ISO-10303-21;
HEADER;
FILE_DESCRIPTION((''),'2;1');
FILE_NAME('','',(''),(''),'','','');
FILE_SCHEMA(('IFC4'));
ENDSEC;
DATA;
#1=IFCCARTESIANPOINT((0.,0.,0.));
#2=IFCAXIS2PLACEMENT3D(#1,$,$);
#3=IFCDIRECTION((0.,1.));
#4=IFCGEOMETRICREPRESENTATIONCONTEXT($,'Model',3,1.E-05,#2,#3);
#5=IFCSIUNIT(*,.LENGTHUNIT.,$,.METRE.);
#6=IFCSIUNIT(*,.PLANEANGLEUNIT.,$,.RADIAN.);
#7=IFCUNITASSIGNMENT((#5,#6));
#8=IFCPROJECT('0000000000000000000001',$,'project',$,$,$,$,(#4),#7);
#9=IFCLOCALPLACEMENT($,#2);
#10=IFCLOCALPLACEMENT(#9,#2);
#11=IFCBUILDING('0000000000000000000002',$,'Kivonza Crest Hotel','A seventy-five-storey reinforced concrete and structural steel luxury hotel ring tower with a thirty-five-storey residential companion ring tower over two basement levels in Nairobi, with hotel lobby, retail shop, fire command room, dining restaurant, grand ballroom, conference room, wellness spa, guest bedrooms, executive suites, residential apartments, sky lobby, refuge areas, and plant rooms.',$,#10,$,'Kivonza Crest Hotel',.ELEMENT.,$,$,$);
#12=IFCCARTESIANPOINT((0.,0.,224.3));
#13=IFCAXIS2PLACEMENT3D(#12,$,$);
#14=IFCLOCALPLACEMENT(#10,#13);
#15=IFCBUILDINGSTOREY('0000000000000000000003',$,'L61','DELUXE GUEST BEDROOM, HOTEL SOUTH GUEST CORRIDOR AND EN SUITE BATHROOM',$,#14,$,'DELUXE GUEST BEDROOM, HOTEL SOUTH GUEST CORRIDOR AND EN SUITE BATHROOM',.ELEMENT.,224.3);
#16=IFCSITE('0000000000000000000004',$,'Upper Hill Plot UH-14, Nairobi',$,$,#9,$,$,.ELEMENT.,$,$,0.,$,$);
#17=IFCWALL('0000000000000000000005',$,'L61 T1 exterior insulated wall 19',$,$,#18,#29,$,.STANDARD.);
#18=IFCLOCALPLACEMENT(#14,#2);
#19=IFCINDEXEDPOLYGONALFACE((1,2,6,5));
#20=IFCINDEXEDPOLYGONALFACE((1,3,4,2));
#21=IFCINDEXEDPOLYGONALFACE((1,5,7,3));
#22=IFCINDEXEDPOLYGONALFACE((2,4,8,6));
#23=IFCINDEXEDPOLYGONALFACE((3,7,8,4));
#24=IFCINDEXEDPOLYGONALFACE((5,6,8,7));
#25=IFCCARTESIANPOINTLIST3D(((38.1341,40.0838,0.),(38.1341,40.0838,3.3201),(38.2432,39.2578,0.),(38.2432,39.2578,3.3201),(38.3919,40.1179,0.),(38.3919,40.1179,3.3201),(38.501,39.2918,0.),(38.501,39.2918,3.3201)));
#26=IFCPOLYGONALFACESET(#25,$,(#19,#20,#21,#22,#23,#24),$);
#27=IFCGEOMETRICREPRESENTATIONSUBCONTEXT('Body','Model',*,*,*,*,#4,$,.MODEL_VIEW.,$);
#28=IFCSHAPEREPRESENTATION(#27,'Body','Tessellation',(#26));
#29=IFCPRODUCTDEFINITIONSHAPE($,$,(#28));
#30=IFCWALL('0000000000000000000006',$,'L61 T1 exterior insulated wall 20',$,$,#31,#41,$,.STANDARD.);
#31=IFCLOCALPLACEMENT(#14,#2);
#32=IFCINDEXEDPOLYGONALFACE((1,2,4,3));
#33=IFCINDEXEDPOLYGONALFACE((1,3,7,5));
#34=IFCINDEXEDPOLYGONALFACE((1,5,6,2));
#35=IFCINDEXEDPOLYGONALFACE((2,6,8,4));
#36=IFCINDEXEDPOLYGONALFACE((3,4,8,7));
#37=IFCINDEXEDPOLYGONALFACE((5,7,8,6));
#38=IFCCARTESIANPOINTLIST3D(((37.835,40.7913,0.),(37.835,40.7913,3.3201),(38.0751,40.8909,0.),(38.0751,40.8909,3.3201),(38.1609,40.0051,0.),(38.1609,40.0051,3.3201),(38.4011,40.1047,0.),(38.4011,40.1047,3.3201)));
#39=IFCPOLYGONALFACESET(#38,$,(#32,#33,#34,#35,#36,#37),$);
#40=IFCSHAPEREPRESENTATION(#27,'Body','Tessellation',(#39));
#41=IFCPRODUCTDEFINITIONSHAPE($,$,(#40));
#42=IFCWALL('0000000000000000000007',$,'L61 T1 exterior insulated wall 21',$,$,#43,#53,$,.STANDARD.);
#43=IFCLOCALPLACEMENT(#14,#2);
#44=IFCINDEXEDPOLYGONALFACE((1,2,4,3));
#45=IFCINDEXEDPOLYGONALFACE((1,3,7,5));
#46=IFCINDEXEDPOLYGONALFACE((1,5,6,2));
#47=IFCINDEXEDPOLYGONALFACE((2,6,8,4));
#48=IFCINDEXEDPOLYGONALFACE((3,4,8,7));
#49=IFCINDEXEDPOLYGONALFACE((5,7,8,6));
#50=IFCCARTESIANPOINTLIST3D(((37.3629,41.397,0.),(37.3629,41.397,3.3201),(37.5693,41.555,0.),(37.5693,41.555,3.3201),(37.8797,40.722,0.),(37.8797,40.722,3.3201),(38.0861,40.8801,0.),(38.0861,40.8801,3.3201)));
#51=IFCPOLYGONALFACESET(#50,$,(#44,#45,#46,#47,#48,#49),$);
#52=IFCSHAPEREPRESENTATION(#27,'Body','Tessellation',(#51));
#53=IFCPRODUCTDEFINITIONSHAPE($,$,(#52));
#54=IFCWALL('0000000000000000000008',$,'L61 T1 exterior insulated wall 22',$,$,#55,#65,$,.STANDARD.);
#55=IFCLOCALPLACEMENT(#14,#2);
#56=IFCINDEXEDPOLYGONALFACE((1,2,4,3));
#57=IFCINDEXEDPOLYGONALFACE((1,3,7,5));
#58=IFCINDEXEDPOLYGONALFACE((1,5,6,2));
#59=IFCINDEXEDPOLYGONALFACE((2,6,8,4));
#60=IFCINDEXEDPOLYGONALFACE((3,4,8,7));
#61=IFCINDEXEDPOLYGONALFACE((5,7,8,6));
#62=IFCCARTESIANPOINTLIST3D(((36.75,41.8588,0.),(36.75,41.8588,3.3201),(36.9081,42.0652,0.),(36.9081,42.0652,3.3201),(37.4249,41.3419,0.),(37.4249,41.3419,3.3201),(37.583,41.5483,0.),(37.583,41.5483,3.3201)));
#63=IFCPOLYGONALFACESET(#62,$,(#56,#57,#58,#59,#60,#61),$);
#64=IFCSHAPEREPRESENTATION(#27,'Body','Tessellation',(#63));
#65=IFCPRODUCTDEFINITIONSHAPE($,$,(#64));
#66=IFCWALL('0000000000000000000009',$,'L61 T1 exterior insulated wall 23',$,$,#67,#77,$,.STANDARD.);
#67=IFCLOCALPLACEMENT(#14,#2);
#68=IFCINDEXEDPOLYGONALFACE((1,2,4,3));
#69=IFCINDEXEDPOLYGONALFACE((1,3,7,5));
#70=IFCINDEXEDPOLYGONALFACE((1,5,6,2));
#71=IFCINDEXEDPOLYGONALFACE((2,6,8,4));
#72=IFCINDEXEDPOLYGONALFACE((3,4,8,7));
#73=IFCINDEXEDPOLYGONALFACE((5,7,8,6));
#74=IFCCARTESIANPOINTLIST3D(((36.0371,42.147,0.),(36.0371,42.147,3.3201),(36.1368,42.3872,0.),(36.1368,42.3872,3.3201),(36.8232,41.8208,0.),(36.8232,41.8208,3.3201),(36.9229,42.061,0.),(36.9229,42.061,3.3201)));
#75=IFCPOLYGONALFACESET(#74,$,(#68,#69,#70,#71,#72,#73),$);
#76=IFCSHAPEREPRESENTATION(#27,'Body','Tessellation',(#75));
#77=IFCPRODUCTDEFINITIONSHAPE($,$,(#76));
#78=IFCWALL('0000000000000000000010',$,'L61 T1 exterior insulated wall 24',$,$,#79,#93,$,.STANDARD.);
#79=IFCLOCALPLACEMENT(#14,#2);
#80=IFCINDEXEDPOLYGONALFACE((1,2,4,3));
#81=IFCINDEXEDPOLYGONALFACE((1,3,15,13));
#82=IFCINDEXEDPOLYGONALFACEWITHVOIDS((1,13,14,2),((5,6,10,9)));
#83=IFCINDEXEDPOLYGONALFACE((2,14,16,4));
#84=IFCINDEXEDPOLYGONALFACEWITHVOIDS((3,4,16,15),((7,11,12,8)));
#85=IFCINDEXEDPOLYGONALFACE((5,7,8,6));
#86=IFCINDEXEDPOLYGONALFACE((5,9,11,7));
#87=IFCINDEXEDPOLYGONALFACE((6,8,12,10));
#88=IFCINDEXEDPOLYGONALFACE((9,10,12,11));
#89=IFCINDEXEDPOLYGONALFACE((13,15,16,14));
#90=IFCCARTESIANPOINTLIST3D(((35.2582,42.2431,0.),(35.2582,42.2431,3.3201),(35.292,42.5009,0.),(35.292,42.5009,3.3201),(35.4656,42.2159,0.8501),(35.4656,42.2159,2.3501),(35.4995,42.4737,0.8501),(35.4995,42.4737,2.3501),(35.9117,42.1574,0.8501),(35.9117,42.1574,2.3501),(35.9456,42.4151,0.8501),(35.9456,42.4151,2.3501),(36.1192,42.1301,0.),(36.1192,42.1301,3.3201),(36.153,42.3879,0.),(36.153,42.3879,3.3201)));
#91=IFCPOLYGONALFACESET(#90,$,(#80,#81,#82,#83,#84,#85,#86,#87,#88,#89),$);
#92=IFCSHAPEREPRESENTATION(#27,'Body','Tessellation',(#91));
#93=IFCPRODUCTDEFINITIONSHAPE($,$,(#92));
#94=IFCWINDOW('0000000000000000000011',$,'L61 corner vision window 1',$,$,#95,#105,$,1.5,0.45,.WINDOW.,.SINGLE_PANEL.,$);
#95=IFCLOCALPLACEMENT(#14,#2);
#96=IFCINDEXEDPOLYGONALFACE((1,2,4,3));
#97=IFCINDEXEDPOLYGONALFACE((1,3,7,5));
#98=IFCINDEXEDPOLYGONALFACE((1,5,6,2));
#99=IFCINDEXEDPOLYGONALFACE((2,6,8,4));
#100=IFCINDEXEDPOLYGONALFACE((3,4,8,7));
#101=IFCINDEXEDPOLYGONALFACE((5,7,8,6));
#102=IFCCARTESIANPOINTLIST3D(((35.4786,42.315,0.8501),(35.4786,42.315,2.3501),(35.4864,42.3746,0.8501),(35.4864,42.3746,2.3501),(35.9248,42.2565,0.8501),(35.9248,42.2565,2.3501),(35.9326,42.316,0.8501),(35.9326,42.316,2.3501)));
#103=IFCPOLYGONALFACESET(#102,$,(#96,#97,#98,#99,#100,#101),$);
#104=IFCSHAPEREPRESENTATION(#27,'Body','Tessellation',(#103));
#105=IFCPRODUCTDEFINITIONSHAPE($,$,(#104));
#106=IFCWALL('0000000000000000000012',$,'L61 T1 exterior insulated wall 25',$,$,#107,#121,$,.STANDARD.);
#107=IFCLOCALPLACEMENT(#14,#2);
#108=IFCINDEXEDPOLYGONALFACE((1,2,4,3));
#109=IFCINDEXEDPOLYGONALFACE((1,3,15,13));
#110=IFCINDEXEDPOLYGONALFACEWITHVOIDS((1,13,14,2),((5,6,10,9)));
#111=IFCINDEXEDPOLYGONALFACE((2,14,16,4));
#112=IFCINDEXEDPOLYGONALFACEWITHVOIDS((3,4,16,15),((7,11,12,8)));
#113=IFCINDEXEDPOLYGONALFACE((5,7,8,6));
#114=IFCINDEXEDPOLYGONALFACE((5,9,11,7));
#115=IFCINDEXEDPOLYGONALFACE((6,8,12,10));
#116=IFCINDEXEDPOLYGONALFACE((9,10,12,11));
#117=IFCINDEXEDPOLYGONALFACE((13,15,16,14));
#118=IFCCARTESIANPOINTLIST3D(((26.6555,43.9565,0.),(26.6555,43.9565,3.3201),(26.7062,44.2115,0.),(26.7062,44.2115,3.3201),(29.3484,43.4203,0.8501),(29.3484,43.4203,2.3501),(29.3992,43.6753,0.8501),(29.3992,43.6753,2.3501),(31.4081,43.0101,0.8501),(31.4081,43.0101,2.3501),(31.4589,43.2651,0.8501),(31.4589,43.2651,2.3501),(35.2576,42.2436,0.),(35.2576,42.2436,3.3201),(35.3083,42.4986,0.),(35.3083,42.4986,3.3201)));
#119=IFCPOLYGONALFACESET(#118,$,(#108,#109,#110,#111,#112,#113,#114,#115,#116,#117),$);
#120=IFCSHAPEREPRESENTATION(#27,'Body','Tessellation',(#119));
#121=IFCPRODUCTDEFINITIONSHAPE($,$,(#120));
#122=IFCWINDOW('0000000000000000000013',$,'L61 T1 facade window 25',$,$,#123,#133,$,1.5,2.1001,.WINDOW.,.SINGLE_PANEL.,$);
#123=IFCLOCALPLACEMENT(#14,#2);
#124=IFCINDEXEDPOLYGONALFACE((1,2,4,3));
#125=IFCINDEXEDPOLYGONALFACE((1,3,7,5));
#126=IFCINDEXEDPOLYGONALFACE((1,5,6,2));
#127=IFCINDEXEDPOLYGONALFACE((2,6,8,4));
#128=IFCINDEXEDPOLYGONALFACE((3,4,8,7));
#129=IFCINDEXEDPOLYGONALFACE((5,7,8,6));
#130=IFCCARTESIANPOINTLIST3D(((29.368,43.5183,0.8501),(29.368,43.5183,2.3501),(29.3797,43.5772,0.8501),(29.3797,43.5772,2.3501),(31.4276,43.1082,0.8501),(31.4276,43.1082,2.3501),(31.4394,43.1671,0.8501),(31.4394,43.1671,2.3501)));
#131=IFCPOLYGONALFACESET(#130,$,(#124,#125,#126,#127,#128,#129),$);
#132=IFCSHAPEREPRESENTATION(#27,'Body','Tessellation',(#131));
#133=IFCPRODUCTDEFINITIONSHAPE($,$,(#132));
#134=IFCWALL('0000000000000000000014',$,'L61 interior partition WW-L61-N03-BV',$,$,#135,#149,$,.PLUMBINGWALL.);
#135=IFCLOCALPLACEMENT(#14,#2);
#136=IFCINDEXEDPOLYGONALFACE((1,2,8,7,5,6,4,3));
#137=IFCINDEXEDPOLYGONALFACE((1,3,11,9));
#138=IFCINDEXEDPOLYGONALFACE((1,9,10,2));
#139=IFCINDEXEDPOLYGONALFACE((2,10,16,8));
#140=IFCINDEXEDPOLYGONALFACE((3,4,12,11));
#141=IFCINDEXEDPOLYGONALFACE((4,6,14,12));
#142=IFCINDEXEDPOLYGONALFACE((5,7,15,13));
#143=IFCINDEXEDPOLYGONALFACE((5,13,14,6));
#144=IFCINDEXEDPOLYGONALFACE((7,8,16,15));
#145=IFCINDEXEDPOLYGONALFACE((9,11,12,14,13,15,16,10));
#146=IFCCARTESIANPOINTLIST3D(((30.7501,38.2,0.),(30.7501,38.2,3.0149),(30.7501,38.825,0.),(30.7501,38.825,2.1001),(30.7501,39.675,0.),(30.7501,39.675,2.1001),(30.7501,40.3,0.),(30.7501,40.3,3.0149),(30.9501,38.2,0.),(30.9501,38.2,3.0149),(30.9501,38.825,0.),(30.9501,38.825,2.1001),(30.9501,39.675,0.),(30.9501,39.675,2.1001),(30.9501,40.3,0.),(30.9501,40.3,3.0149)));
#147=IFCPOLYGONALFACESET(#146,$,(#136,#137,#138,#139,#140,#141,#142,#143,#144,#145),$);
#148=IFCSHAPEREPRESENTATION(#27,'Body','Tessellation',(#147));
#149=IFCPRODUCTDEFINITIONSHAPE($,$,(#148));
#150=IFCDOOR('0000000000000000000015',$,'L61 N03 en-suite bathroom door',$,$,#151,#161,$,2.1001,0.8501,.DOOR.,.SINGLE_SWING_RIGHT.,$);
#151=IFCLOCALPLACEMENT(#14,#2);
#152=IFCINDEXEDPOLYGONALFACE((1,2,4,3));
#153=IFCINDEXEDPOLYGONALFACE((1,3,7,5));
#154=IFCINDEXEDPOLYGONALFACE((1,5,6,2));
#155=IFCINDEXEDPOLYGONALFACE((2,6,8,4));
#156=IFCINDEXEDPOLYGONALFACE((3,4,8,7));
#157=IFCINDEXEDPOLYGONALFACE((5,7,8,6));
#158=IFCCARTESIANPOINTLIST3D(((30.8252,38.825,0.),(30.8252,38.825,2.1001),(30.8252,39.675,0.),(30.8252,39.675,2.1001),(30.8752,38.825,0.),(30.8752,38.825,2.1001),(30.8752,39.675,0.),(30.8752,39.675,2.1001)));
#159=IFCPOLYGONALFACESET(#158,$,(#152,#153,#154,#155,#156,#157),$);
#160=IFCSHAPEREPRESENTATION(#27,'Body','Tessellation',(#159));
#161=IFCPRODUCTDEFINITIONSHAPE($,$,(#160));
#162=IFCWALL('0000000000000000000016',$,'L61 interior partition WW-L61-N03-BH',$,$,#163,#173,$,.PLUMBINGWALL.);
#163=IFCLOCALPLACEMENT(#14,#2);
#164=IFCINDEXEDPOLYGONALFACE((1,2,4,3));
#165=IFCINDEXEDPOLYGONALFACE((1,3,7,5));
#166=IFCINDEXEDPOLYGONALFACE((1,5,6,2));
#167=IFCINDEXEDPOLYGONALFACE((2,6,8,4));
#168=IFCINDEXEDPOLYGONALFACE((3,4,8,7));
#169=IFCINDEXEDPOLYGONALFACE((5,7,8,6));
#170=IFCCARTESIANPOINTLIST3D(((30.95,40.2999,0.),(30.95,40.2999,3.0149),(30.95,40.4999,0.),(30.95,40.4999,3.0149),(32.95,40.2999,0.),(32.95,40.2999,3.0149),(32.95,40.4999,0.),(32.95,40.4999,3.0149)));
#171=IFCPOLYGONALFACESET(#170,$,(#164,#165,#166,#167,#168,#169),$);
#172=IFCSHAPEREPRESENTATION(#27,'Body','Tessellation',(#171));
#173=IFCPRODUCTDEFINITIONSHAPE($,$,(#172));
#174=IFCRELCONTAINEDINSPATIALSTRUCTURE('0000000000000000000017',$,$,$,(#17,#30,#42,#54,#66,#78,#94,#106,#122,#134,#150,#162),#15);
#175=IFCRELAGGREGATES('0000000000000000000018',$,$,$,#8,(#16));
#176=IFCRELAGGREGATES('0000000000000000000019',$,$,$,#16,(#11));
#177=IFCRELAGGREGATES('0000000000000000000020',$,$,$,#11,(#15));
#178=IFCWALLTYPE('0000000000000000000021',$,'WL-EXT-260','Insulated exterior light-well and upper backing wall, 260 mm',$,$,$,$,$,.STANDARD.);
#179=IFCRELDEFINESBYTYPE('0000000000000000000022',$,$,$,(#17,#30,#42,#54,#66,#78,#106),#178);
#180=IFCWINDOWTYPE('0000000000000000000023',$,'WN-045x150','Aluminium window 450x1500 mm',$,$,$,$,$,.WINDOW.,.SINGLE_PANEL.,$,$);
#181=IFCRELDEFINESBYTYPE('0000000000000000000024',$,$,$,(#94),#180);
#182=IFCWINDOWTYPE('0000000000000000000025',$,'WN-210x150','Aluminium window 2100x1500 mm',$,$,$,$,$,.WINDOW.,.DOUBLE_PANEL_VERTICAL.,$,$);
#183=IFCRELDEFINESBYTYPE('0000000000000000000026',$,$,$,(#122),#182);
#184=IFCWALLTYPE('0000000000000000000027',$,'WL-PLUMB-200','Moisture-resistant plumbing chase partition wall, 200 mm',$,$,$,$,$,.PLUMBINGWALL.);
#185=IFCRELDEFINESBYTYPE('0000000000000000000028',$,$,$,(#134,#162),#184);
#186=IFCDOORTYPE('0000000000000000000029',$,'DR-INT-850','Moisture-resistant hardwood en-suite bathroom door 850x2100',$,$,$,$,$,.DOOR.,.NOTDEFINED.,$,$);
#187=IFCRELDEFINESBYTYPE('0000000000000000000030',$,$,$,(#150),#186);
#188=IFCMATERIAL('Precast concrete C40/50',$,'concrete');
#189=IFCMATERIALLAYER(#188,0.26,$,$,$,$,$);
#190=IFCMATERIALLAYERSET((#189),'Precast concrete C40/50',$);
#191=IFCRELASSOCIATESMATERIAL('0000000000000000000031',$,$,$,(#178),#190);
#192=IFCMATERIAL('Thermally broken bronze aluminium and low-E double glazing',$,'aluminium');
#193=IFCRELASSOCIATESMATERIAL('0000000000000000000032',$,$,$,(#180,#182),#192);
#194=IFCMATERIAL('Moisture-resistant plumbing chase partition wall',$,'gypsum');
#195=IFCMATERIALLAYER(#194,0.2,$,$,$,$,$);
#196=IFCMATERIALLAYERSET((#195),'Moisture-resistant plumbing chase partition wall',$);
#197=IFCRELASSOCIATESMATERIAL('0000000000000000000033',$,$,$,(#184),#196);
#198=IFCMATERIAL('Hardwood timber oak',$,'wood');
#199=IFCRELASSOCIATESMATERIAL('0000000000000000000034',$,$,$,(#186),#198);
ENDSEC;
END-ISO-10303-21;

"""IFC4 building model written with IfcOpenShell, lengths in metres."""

from ifc_helpers import new_model, si_unit, direction, frame, frame_2d, origin, place, context, subcontext, project, spatial, rectangle, extrude, material, layer, layer_set, type_object, element, fill, save


model = new_model("IFC4")

# Units and contexts
model_context = context("Model", 3, precision=1e-05, world=origin(), true_north=direction((0.0, 1.0)))
body_context = subcontext(model_context, "Body", "Model", "MODEL_VIEW")
ifc_project = project(units=[si_unit("LENGTHUNIT", "METRE"), si_unit("PLANEANGLEUNIT", "RADIAN")], contexts=[model_context])

# Site, building, storey
site_placement = place(None, origin())
site = spatial("IfcSite", under=ifc_project, at=site_placement, Name="Upper Hill Plot UH-14, Nairobi", CompositionType="ELEMENT", RefElevation=0.0)
building_placement = place(site_placement, origin())
building = spatial("IfcBuilding", under=site, at=building_placement, Name="Kivonza Crest Hotel", Description="A seventy-five-storey reinforced concrete and structural steel luxury hotel ring tower with a thirty-five-storey residential companion ring tower over two basement levels in Nairobi, with hotel lobby, retail shop, fire command room, dining restaurant, grand ballroom, conference room, wellness spa, guest bedrooms, executive suites, residential apartments, sky lobby, refuge areas, and plant rooms.", LongName="Kivonza Crest Hotel", CompositionType="ELEMENT")
storey_placement = place(building_placement, frame((0.0, 0.0, 224.3)))
storey = spatial("IfcBuildingStorey", under=building, at=storey_placement, Name="L61", Description="DELUXE GUEST BEDROOM, HOTEL SOUTH GUEST CORRIDOR AND EN SUITE BATHROOM", LongName="DELUXE GUEST BEDROOM, HOTEL SOUTH GUEST CORRIDOR AND EN SUITE BATHROOM", CompositionType="ELEMENT", Elevation=224.3)

# Shared definitions
ifc_material_1 = material(Name="Hardwood timber oak", Category="wood")

# Walls
ifc_material_2 = material(Name="Precast concrete C40/50", Category="concrete")
ifc_layer_1 = layer(ifc_material_2, 0.26)
ifc_layer_set_1 = layer_set([ifc_layer_1], Name="Precast concrete C40/50")
wall_type_1 = type_object("IfcWallType", Name="WL-EXT-260", Description="Insulated exterior light-well and upper backing wall, 260 mm", PredefinedType="STANDARD", material=ifc_layer_set_1)
wall_1_placement = place(storey_placement, frame((38.3721, 39.2749, 0.0), z_axis=(0.0, 0.0, 1.0), x_axis=(-0.130955, 0.991388, 0.0)))
element("IfcWall", 1, at=wall_1_placement, inside=storey, type_object=wall_type_1, Name="L61 T1 exterior insulated wall 19", PredefinedType="STANDARD", context=body_context, shape_type="SweptSolid", body=[
    extrude(rectangle(XDim=0.8333, YDim=0.26, at=frame_2d((0.4165, 0.0))), origin(), (0.0, 0.0, 1.0), 3.3201),
])
wall_2_placement = place(storey_placement, frame((38.281, 40.0549, 0.0), z_axis=(0.0, 0.0, 1.0), x_axis=(-0.382985, 0.923754, 0.0)))
element("IfcWall", 2, at=wall_2_placement, inside=storey, type_object=wall_type_1, Name="L61 T1 exterior insulated wall 20", PredefinedType="STANDARD", context=body_context, shape_type="SweptSolid", body=[
    extrude(rectangle(XDim=0.8511, YDim=0.26, at=frame_2d((0.4255, 0.0))), origin(), (0.0, 0.0, 1.0), 3.3201),
])
for number, where, z_axis, x_axis, name in (
    (3, (37.9829, 40.801, 0.0), (0.0, 0.0, 1.0), (-0.607919, 0.793999, 0.0), "L61 T1 exterior insulated wall 21"),
    (4, (37.5039, 41.4451, 0.0), (0.0, 0.0, 1.0), (-0.793893, 0.608058, 0.0), "L61 T1 exterior insulated wall 22"),
):
    element("IfcWall", number, at=place(storey_placement, frame(where, z_axis=z_axis, x_axis=x_axis)), inside=storey, type_object=wall_type_1, Name=name, PredefinedType="STANDARD", context=body_context, shape_type="SweptSolid", body=[
        extrude(rectangle(XDim=0.8501, YDim=0.26, at=frame_2d((0.425, 0.0))), origin(), (0.0, 0.0, 1.0), 3.3201),
    ])
wall_3_placement = place(storey_placement, frame((36.873, 41.9409, 0.0), z_axis=(0.0, 0.0, 1.0), x_axis=(-0.923653, 0.38323, 0.0)))
element("IfcWall", 5, at=wall_3_placement, inside=storey, type_object=wall_type_1, Name="L61 T1 exterior insulated wall 23", PredefinedType="STANDARD", context=body_context, shape_type="SweptSolid", body=[
    extrude(rectangle(XDim=0.8511, YDim=0.26, at=frame_2d((0.4255, 0.0))), origin(), (0.0, 0.0, 1.0), 3.3201),
])

# Walls, openings, windows
wall_4_placement = place(storey_placement, frame((36.136, 42.259, 0.0), z_axis=(0.0, 0.0, 1.0), x_axis=(-0.991493, 0.130156, 0.0)))
wall_4 = element("IfcWall", 6, at=wall_4_placement, inside=storey, type_object=wall_type_1, Name="L61 T1 exterior insulated wall 24", PredefinedType="STANDARD", context=body_context, shape_type="SweptSolid", body=[
    extrude(rectangle(XDim=0.8684, YDim=0.26, at=frame_2d((0.4341, 0.0))), origin(), (0.0, 0.0, 1.0), 3.3201),
])
opening_1_placement = place(wall_4_placement, frame((0.209, 0.0, 0.8501)))
opening_1 = element("IfcOpeningElement", 7, at=opening_1_placement, cuts=wall_4, PredefinedType="OPENING", context=body_context, shape_type="SweptSolid", body=[
    extrude(rectangle(XDim=0.45, YDim=1.5, at=frame_2d((0.2251, 0.75))), frame((0.0, 0.1401, 0.0), z_axis=(0.0, -1.0, 0.0), x_axis=(1.0, 0.0, 0.0)), (0.0, 0.0, 1.0), 0.28),
])
ifc_material_3 = material(Name="Thermally broken bronze aluminium and low-E double glazing", Category="aluminium")
window_type_1 = type_object("IfcWindowType", Name="WN-045x150", Description="Aluminium window 450x1500 mm", PartitioningType="SINGLE_PANEL", PredefinedType="WINDOW", material=ifc_material_3)
window_1_placement = place(opening_1_placement, origin())
window_1 = element("IfcWindow", 8, at=window_1_placement, inside=storey, type_object=window_type_1, Name="L61 corner vision window 1", OverallHeight=1.5, OverallWidth=0.45, PartitioningType="SINGLE_PANEL", PredefinedType="WINDOW", context=body_context, shape_type="SweptSolid", body=[
    extrude(rectangle(XDim=0.45, YDim=1.5, at=frame_2d((0.2251, 0.75))), frame((0.0, 0.03, 0.0), z_axis=(0.0, -1.0, 0.0), x_axis=(1.0, 0.0, 0.0)), (0.0, 0.0, 1.0), 0.0601),
])
fill(opening_1, window_1)
wall_5_placement = place(storey_placement, frame((35.283, 42.3711, 0.0), z_axis=(0.0, 0.0, 1.0), x_axis=(-0.980745, 0.195292, 0.0)))
wall_5 = element("IfcWall", 9, at=wall_5_placement, inside=storey, type_object=wall_type_1, Name="L61 T1 exterior insulated wall 25", PredefinedType="STANDARD", context=body_context, shape_type="SweptSolid", body=[
    extrude(rectangle(XDim=8.771, YDim=0.26, at=frame_2d((4.3855, 0.0))), origin(), (0.0, 0.0, 1.0), 3.3201),
])
opening_2_placement = place(wall_5_placement, frame((3.925, 0.0, 0.8501)))
opening_2 = element("IfcOpeningElement", 10, at=opening_2_placement, cuts=wall_5, PredefinedType="OPENING", context=body_context, shape_type="SweptSolid", body=[
    extrude(rectangle(XDim=2.1001, YDim=1.5, at=frame_2d((1.05, 0.75))), frame((0.0, 0.1401, 0.0), z_axis=(0.0, -1.0, 0.0), x_axis=(1.0, 0.0, 0.0)), (0.0, 0.0, 1.0), 0.28),
])
window_type_2 = type_object("IfcWindowType", Name="WN-210x150", Description="Aluminium window 2100x1500 mm", PartitioningType="DOUBLE_PANEL_VERTICAL", PredefinedType="WINDOW", material=ifc_material_3)
window_2_placement = place(opening_2_placement, origin())
window_2 = element("IfcWindow", 11, at=window_2_placement, inside=storey, type_object=window_type_2, Name="L61 T1 facade window 25", OverallHeight=1.5, OverallWidth=2.1001, PartitioningType="SINGLE_PANEL", PredefinedType="WINDOW", context=body_context, shape_type="SweptSolid", body=[
    extrude(rectangle(XDim=2.1001, YDim=1.5, at=frame_2d((1.05, 0.75))), frame((0.0, 0.03, 0.0), z_axis=(0.0, -1.0, 0.0), x_axis=(1.0, 0.0, 0.0)), (0.0, 0.0, 1.0), 0.0601),
])
fill(opening_2, window_2)

# Wall, opening, door
ifc_material_4 = material(Name="Moisture-resistant plumbing chase partition wall", Category="gypsum")
ifc_layer_2 = layer(ifc_material_4, 0.2)
ifc_layer_set_2 = layer_set([ifc_layer_2], Name="Moisture-resistant plumbing chase partition wall")
wall_type_2 = type_object("IfcWallType", Name="WL-PLUMB-200", Description="Moisture-resistant plumbing chase partition wall, 200 mm", PredefinedType="PLUMBINGWALL", material=ifc_layer_set_2)
wall_6_placement = place(storey_placement, frame((30.8501, 38.2, 0.0), z_axis=(0.0, 0.0, 1.0), x_axis=(0.0, 1.0, 0.0)))
wall_6 = element("IfcWall", 12, at=wall_6_placement, inside=storey, type_object=wall_type_2, Name="L61 interior partition WW-L61-N03-BV", PredefinedType="PLUMBINGWALL", context=body_context, shape_type="SweptSolid", body=[
    extrude(rectangle(XDim=2.1001, YDim=0.2, at=frame_2d((1.05, 0.0))), origin(), (0.0, 0.0, 1.0), 3.0149),
])
opening_3_placement = place(wall_6_placement, frame((0.625, 0.0, 0.0)))
opening_3 = element("IfcOpeningElement", 13, at=opening_3_placement, cuts=wall_6, PredefinedType="OPENING", context=body_context, shape_type="SweptSolid", body=[
    extrude(rectangle(XDim=0.8501, YDim=2.1001, at=frame_2d((0.425, 1.05))), frame((0.0, 0.1099, 0.0), z_axis=(0.0, -1.0, 0.0), x_axis=(1.0, 0.0, 0.0)), (0.0, 0.0, 1.0), 0.22),
])
door_type_1 = type_object("IfcDoorType", Name="DR-INT-850", Description="Moisture-resistant hardwood en-suite bathroom door 850x2100", OperationType="NOTDEFINED", PredefinedType="DOOR", material=ifc_material_1)
door_1_placement = place(opening_3_placement, origin())
door_1 = element("IfcDoor", 14, at=door_1_placement, inside=storey, type_object=door_type_1, Name="L61 N03 en-suite bathroom door", OperationType="SINGLE_SWING_RIGHT", OverallHeight=2.1001, OverallWidth=0.8501, PredefinedType="DOOR", context=body_context, shape_type="SweptSolid", body=[
    extrude(rectangle(XDim=0.8501, YDim=2.1001, at=frame_2d((0.425, 1.05))), frame((0.0, 0.0249, 0.0), z_axis=(0.0, -1.0, 0.0), x_axis=(1.0, 0.0, 0.0)), (0.0, 0.0, 1.0), 0.05),
])
fill(opening_3, door_1)

# Wall
wall_7_placement = place(storey_placement, frame((30.95, 40.3999, 0.0), z_axis=(0.0, 0.0, 1.0), x_axis=(1.0, 0.0, 0.0)))
element("IfcWall", 15, at=wall_7_placement, inside=storey, type_object=wall_type_2, Name="L61 interior partition WW-L61-N03-BH", PredefinedType="PLUMBINGWALL", context=body_context, shape_type="SweptSolid", body=[
    extrude(rectangle(XDim=2.0, YDim=0.2, at=frame_2d((1.0, 0.0))), origin(), (0.0, 0.0, 1.0), 3.0149),
])

save(model, "model.ifc")
